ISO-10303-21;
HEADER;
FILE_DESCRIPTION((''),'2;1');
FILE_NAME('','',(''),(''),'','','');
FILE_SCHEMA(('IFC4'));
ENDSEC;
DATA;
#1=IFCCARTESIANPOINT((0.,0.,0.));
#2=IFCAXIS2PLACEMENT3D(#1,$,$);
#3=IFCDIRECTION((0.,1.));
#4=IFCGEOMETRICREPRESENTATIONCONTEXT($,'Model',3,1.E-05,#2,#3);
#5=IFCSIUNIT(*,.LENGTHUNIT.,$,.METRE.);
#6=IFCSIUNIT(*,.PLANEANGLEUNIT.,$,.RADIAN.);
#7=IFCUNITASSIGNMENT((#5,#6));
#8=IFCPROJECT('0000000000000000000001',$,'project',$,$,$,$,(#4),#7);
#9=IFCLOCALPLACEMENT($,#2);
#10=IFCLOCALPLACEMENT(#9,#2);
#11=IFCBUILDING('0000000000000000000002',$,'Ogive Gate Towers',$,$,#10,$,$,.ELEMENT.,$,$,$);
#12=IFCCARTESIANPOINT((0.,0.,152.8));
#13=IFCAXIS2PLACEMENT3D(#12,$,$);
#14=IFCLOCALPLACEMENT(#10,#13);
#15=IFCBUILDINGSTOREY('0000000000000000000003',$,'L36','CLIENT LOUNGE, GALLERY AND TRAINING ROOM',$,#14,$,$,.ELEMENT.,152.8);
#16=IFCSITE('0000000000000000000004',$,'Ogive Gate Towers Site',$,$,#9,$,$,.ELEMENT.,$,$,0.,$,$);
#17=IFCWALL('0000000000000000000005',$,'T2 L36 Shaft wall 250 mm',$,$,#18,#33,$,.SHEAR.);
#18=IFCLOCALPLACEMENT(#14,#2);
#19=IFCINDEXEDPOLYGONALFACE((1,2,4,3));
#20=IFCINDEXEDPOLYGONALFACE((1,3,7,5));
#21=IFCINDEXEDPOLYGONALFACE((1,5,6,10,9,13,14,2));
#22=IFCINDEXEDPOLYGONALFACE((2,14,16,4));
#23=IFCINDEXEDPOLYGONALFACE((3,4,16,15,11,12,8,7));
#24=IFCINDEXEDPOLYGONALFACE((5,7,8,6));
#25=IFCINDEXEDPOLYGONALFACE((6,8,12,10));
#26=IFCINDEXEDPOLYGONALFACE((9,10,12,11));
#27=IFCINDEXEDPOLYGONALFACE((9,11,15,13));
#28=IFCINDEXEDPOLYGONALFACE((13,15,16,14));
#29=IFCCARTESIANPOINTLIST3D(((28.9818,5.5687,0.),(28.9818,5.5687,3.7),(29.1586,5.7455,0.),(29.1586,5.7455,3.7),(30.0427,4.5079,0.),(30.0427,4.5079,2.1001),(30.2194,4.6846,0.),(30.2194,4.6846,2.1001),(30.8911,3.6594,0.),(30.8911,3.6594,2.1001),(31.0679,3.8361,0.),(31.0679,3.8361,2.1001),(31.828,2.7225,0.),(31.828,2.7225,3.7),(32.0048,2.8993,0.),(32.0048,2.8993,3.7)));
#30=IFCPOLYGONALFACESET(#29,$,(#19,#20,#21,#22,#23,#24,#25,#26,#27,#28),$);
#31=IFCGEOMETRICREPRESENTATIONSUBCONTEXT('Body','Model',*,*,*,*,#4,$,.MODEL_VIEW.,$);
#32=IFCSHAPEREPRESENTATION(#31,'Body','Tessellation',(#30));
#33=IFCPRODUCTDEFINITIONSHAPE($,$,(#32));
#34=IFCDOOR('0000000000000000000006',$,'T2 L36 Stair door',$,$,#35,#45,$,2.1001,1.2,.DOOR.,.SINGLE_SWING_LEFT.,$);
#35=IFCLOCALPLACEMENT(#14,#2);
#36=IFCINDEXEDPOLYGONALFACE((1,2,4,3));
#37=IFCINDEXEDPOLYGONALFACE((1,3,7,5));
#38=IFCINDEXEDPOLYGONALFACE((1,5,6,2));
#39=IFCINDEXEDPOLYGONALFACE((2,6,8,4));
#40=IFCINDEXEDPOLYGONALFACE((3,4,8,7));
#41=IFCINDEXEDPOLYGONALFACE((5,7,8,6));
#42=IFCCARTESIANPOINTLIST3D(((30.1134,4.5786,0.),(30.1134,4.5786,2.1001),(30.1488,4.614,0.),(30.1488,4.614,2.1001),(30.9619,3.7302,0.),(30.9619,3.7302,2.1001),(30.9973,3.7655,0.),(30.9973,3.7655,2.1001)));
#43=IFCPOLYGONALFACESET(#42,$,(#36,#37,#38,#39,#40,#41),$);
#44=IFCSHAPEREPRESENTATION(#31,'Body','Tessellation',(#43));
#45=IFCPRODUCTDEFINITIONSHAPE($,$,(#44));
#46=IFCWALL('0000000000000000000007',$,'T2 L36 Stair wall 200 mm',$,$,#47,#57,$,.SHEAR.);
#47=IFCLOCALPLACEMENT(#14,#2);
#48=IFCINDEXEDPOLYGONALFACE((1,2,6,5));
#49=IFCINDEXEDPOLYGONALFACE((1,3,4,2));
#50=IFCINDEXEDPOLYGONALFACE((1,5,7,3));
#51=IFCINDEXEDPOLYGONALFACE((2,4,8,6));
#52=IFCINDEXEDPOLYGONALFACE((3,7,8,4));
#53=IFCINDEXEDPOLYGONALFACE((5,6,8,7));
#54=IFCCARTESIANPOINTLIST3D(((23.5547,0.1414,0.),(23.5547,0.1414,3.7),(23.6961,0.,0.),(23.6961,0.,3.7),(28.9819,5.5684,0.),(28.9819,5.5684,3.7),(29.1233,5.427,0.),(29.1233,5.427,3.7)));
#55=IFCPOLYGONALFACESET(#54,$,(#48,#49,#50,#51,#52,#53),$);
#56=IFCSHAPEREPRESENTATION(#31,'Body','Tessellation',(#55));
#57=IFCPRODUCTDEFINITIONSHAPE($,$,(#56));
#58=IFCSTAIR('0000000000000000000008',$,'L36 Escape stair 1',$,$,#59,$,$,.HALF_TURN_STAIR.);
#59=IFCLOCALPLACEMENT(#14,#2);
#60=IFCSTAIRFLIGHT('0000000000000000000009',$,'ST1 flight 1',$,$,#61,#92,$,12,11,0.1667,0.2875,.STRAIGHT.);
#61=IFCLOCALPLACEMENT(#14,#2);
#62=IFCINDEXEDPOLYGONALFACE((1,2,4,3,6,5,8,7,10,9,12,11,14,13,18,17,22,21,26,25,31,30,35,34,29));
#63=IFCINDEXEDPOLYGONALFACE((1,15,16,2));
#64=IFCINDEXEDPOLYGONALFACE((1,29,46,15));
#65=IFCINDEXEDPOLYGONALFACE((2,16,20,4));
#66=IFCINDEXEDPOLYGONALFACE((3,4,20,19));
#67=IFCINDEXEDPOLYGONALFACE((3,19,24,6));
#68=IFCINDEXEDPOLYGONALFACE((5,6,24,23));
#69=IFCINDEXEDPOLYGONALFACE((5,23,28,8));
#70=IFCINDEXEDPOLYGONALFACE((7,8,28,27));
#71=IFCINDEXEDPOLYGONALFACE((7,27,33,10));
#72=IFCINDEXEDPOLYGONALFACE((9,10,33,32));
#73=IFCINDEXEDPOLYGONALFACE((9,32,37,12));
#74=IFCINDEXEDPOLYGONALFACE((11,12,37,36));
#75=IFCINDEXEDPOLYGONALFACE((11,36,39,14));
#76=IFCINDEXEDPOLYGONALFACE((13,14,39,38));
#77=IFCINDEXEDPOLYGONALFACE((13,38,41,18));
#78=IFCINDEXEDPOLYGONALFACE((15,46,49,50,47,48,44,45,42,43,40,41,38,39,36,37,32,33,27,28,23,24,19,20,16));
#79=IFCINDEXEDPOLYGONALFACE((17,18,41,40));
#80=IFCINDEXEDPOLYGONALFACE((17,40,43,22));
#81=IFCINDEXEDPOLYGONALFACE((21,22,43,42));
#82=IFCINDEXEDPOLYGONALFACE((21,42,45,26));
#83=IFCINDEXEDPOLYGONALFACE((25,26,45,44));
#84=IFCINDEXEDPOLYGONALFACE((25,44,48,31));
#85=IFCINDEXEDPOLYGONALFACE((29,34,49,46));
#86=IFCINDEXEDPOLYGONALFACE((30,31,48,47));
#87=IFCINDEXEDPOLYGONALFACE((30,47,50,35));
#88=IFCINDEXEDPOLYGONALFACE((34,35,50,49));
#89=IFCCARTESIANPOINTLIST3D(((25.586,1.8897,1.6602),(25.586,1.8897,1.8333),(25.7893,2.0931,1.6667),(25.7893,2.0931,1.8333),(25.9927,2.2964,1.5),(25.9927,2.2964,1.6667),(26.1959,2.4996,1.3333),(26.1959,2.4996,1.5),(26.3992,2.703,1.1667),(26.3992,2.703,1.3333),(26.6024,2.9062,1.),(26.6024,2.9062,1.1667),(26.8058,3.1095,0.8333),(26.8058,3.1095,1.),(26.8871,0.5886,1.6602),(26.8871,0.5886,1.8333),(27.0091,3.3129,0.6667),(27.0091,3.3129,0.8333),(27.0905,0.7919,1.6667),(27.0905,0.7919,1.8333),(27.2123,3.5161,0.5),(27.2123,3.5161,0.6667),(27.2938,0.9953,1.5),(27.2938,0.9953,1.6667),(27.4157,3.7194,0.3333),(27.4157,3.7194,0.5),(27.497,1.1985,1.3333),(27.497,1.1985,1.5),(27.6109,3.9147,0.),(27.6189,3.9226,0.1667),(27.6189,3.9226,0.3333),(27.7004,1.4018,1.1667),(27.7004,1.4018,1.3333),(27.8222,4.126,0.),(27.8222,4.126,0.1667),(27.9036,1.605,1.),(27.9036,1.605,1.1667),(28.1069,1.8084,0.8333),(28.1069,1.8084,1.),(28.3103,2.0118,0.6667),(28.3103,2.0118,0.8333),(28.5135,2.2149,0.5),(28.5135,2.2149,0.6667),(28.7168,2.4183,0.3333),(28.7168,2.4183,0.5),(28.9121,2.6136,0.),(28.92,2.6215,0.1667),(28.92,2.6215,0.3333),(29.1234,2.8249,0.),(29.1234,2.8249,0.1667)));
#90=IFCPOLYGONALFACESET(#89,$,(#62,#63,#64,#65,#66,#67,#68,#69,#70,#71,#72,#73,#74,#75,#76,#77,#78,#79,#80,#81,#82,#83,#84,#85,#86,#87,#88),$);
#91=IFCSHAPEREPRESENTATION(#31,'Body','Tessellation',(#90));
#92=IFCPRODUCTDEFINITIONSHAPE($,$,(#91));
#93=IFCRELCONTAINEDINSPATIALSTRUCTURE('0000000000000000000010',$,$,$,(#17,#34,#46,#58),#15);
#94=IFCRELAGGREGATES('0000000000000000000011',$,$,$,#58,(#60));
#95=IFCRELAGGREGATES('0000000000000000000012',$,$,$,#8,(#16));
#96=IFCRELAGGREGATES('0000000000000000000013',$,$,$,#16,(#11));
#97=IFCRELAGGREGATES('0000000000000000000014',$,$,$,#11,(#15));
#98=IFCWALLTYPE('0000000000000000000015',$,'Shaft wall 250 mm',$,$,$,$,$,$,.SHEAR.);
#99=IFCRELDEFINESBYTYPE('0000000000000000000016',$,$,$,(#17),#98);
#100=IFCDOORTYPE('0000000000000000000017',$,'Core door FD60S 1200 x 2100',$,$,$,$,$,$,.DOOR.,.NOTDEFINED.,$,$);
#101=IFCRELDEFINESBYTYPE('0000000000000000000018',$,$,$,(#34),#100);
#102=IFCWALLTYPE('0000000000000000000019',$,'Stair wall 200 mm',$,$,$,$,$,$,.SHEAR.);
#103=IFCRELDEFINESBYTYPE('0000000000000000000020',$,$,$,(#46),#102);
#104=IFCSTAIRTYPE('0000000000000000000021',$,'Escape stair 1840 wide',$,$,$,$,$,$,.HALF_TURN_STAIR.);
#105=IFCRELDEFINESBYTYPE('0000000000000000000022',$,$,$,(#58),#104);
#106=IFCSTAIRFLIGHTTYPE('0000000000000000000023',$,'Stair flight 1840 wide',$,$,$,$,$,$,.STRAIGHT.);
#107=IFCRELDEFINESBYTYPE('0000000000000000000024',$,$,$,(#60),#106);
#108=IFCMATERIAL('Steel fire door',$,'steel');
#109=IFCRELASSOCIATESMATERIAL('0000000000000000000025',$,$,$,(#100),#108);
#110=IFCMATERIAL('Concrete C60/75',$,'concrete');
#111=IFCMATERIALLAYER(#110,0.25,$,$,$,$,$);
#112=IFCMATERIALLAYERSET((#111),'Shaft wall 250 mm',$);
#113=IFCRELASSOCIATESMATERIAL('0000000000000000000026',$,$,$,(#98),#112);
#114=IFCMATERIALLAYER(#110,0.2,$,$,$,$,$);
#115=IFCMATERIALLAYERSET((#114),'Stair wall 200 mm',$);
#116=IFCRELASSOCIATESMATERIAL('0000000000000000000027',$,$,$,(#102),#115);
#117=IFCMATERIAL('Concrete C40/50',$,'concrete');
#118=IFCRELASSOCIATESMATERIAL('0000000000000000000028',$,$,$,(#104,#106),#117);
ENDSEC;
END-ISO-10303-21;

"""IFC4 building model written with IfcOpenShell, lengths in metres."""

from ifc_helpers import new_model, si_unit, direction, frame, frame_2d, origin, place, context, subcontext, project, spatial, polyline, rectangle, outline, extrude, material, layer, layer_set, type_object, element, fill, aggregate, save


model = new_model("IFC4")

# Units and contexts
model_context = context("Model", 3, precision=1e-05, world=origin(), true_north=direction((0.0, 1.0)))
body_context = subcontext(model_context, "Body", "Model", "MODEL_VIEW")
ifc_project = project(units=[si_unit("LENGTHUNIT", "METRE"), si_unit("PLANEANGLEUNIT", "RADIAN")], contexts=[model_context])

# Site, building, storey
site_placement = place(None, origin())
site = spatial("IfcSite", under=ifc_project, at=site_placement, Name="Ogive Gate Towers Site", CompositionType="ELEMENT", RefElevation=0.0)
building_placement = place(site_placement, origin())
building = spatial("IfcBuilding", under=site, at=building_placement, Name="Ogive Gate Towers", CompositionType="ELEMENT")
storey_placement = place(building_placement, frame((0.0, 0.0, 152.8)))
storey = spatial("IfcBuildingStorey", under=building, at=storey_placement, Name="L36", Description="CLIENT LOUNGE, GALLERY AND TRAINING ROOM", CompositionType="ELEMENT", Elevation=152.8)

# Shared definitions
ifc_material_1 = material(Name="Concrete C40/50", Category="concrete")

# Shared definitions
ifc_material_2 = material(Name="Concrete C60/75", Category="concrete")
ifc_material_3 = material(Name="Steel fire door", Category="steel")
door_type_1 = type_object("IfcDoorType", Name="Core door FD60S 1200 x 2100", OperationType="NOTDEFINED", PredefinedType="DOOR", material=ifc_material_3)

# Wall, opening, door
ifc_layer_1 = layer(ifc_material_2, 0.25)
ifc_layer_set_1 = layer_set([ifc_layer_1], Name="Shaft wall 250 mm")
wall_type_1 = type_object("IfcWallType", Name="Shaft wall 250 mm", PredefinedType="SHEAR", material=ifc_layer_set_1)
wall_1_placement = place(storey_placement, frame((31.9165, 2.8108, 0.0), z_axis=(0.0, 0.0, 1.0), x_axis=(-0.707107, 0.707107, 0.0)))
wall_1 = element("IfcWall", 1, at=wall_1_placement, inside=storey, type_object=wall_type_1, Name="T2 L36 Shaft wall 250 mm", PredefinedType="SHEAR", context=body_context, shape_type="SweptSolid", body=[
    extrude(rectangle(XDim=4.0251, YDim=0.25, at=frame_2d((2.0127, 0.0))), origin(), (0.0, 0.0, 1.0), 3.7),
])
opening_1_placement = place(wall_1_placement, frame((1.325, 0.0, 0.0)))
opening_1 = element("IfcOpeningElement", 2, at=opening_1_placement, cuts=wall_1, PredefinedType="OPENING", context=body_context, shape_type="SweptSolid", body=[
    extrude(rectangle(XDim=1.2, YDim=2.1001, at=frame_2d((0.6001, 1.05))), frame((0.0, 0.135, 0.0), z_axis=(0.0, -1.0, 0.0), x_axis=(1.0, 0.0, 0.0)), (0.0, 0.0, 1.0), 0.27),
])
door_1_placement = place(opening_1_placement, origin())
door_1 = element("IfcDoor", 3, at=door_1_placement, inside=storey, type_object=door_type_1, Name="T2 L36 Stair door", OperationType="SINGLE_SWING_LEFT", OverallHeight=2.1001, OverallWidth=1.2, PredefinedType="DOOR", context=body_context, shape_type="SweptSolid", body=[
    extrude(rectangle(XDim=1.2, YDim=2.1001, at=frame_2d((0.6001, 1.05))), frame((0.0, 0.0249, 0.0), z_axis=(0.0, -1.0, 0.0), x_axis=(1.0, 0.0, 0.0)), (0.0, 0.0, 1.0), 0.05),
])
fill(opening_1, door_1)

# Wall
ifc_layer_2 = layer(ifc_material_2, 0.2)
ifc_layer_set_2 = layer_set([ifc_layer_2], Name="Stair wall 200 mm")
wall_type_2 = type_object("IfcWallType", Name="Stair wall 200 mm", PredefinedType="SHEAR", material=ifc_layer_set_2)
wall_2_placement = place(storey_placement, frame((23.6255, 0.0708, 0.0), z_axis=(0.0, 0.0, 1.0), x_axis=(0.707123, 0.707091, 0.0)))
element("IfcWall", 4, at=wall_2_placement, inside=storey, type_object=wall_type_2, Name="T2 L36 Stair wall 200 mm", PredefinedType="SHEAR", context=body_context, shape_type="SweptSolid", body=[
    extrude(rectangle(XDim=7.675, YDim=0.2, at=frame_2d((3.8374, 0.0))), origin(), (0.0, 0.0, 1.0), 3.7),
])

# Stair, stair flight
stair_type = type_object("IfcStairType", Name="Escape stair 1840 wide", PredefinedType="HALF_TURN_STAIR", material=ifc_material_1)
stair_placement = place(storey_placement, origin())
stair = element("IfcStair", 5, at=stair_placement, inside=storey, type_object=stair_type, Name="L36 Escape stair 1", PredefinedType="HALF_TURN_STAIR")
stair_flight_type = type_object("IfcStairFlightType", Name="Stair flight 1840 wide", PredefinedType="STRAIGHT", material=ifc_material_1)
stair_flight_placement = place(storey_placement, frame((28.4729, 3.4753, 0.0), z_axis=(0.0, 0.0, 1.0), x_axis=(-0.707107, -0.707107, 0.0)))
stair_flight = element("IfcStairFlight", 6, at=stair_flight_placement, type_object=stair_flight_type, Name="ST1 flight 1", NumberOfRisers=12, NumberOfTreads=11, PredefinedType="STRAIGHT", RiserHeight=0.1667, TreadLength=0.2875, context=body_context, shape_type="SweptSolid", body=[
    extrude(outline(polyline([(0.0, 0.0), (0.0, 0.1667), (0.2876, 0.1667), (0.2876, 0.3333), (0.575, 0.3333), (0.575, 0.5), (0.8625, 0.5), (0.8625, 0.6667), (1.1499, 0.6667), (1.1499, 0.8333), (1.4375, 0.8333), (1.4375, 1.0), (1.7251, 1.0), (1.7251, 1.1667), (2.0125, 1.1667), (2.0125, 1.3333), (2.3, 1.3333), (2.3, 1.5), (2.5874, 1.5), (2.5874, 1.6667), (2.875, 1.6667), (2.875, 1.8333), (3.1626, 1.8333), (3.1626, 2.0), (3.1626, 1.6602), (0.2988, 0.0), (0.0, 0.0)])), frame((0.0, 0.9199, 0.0), z_axis=(0.0, -1.0, 0.0), x_axis=(1.0, 0.0, 0.0)), (0.0, 0.0, 1.0), 1.8401),
])
aggregate(stair, [stair_flight])

save(model, "model.ifc")
